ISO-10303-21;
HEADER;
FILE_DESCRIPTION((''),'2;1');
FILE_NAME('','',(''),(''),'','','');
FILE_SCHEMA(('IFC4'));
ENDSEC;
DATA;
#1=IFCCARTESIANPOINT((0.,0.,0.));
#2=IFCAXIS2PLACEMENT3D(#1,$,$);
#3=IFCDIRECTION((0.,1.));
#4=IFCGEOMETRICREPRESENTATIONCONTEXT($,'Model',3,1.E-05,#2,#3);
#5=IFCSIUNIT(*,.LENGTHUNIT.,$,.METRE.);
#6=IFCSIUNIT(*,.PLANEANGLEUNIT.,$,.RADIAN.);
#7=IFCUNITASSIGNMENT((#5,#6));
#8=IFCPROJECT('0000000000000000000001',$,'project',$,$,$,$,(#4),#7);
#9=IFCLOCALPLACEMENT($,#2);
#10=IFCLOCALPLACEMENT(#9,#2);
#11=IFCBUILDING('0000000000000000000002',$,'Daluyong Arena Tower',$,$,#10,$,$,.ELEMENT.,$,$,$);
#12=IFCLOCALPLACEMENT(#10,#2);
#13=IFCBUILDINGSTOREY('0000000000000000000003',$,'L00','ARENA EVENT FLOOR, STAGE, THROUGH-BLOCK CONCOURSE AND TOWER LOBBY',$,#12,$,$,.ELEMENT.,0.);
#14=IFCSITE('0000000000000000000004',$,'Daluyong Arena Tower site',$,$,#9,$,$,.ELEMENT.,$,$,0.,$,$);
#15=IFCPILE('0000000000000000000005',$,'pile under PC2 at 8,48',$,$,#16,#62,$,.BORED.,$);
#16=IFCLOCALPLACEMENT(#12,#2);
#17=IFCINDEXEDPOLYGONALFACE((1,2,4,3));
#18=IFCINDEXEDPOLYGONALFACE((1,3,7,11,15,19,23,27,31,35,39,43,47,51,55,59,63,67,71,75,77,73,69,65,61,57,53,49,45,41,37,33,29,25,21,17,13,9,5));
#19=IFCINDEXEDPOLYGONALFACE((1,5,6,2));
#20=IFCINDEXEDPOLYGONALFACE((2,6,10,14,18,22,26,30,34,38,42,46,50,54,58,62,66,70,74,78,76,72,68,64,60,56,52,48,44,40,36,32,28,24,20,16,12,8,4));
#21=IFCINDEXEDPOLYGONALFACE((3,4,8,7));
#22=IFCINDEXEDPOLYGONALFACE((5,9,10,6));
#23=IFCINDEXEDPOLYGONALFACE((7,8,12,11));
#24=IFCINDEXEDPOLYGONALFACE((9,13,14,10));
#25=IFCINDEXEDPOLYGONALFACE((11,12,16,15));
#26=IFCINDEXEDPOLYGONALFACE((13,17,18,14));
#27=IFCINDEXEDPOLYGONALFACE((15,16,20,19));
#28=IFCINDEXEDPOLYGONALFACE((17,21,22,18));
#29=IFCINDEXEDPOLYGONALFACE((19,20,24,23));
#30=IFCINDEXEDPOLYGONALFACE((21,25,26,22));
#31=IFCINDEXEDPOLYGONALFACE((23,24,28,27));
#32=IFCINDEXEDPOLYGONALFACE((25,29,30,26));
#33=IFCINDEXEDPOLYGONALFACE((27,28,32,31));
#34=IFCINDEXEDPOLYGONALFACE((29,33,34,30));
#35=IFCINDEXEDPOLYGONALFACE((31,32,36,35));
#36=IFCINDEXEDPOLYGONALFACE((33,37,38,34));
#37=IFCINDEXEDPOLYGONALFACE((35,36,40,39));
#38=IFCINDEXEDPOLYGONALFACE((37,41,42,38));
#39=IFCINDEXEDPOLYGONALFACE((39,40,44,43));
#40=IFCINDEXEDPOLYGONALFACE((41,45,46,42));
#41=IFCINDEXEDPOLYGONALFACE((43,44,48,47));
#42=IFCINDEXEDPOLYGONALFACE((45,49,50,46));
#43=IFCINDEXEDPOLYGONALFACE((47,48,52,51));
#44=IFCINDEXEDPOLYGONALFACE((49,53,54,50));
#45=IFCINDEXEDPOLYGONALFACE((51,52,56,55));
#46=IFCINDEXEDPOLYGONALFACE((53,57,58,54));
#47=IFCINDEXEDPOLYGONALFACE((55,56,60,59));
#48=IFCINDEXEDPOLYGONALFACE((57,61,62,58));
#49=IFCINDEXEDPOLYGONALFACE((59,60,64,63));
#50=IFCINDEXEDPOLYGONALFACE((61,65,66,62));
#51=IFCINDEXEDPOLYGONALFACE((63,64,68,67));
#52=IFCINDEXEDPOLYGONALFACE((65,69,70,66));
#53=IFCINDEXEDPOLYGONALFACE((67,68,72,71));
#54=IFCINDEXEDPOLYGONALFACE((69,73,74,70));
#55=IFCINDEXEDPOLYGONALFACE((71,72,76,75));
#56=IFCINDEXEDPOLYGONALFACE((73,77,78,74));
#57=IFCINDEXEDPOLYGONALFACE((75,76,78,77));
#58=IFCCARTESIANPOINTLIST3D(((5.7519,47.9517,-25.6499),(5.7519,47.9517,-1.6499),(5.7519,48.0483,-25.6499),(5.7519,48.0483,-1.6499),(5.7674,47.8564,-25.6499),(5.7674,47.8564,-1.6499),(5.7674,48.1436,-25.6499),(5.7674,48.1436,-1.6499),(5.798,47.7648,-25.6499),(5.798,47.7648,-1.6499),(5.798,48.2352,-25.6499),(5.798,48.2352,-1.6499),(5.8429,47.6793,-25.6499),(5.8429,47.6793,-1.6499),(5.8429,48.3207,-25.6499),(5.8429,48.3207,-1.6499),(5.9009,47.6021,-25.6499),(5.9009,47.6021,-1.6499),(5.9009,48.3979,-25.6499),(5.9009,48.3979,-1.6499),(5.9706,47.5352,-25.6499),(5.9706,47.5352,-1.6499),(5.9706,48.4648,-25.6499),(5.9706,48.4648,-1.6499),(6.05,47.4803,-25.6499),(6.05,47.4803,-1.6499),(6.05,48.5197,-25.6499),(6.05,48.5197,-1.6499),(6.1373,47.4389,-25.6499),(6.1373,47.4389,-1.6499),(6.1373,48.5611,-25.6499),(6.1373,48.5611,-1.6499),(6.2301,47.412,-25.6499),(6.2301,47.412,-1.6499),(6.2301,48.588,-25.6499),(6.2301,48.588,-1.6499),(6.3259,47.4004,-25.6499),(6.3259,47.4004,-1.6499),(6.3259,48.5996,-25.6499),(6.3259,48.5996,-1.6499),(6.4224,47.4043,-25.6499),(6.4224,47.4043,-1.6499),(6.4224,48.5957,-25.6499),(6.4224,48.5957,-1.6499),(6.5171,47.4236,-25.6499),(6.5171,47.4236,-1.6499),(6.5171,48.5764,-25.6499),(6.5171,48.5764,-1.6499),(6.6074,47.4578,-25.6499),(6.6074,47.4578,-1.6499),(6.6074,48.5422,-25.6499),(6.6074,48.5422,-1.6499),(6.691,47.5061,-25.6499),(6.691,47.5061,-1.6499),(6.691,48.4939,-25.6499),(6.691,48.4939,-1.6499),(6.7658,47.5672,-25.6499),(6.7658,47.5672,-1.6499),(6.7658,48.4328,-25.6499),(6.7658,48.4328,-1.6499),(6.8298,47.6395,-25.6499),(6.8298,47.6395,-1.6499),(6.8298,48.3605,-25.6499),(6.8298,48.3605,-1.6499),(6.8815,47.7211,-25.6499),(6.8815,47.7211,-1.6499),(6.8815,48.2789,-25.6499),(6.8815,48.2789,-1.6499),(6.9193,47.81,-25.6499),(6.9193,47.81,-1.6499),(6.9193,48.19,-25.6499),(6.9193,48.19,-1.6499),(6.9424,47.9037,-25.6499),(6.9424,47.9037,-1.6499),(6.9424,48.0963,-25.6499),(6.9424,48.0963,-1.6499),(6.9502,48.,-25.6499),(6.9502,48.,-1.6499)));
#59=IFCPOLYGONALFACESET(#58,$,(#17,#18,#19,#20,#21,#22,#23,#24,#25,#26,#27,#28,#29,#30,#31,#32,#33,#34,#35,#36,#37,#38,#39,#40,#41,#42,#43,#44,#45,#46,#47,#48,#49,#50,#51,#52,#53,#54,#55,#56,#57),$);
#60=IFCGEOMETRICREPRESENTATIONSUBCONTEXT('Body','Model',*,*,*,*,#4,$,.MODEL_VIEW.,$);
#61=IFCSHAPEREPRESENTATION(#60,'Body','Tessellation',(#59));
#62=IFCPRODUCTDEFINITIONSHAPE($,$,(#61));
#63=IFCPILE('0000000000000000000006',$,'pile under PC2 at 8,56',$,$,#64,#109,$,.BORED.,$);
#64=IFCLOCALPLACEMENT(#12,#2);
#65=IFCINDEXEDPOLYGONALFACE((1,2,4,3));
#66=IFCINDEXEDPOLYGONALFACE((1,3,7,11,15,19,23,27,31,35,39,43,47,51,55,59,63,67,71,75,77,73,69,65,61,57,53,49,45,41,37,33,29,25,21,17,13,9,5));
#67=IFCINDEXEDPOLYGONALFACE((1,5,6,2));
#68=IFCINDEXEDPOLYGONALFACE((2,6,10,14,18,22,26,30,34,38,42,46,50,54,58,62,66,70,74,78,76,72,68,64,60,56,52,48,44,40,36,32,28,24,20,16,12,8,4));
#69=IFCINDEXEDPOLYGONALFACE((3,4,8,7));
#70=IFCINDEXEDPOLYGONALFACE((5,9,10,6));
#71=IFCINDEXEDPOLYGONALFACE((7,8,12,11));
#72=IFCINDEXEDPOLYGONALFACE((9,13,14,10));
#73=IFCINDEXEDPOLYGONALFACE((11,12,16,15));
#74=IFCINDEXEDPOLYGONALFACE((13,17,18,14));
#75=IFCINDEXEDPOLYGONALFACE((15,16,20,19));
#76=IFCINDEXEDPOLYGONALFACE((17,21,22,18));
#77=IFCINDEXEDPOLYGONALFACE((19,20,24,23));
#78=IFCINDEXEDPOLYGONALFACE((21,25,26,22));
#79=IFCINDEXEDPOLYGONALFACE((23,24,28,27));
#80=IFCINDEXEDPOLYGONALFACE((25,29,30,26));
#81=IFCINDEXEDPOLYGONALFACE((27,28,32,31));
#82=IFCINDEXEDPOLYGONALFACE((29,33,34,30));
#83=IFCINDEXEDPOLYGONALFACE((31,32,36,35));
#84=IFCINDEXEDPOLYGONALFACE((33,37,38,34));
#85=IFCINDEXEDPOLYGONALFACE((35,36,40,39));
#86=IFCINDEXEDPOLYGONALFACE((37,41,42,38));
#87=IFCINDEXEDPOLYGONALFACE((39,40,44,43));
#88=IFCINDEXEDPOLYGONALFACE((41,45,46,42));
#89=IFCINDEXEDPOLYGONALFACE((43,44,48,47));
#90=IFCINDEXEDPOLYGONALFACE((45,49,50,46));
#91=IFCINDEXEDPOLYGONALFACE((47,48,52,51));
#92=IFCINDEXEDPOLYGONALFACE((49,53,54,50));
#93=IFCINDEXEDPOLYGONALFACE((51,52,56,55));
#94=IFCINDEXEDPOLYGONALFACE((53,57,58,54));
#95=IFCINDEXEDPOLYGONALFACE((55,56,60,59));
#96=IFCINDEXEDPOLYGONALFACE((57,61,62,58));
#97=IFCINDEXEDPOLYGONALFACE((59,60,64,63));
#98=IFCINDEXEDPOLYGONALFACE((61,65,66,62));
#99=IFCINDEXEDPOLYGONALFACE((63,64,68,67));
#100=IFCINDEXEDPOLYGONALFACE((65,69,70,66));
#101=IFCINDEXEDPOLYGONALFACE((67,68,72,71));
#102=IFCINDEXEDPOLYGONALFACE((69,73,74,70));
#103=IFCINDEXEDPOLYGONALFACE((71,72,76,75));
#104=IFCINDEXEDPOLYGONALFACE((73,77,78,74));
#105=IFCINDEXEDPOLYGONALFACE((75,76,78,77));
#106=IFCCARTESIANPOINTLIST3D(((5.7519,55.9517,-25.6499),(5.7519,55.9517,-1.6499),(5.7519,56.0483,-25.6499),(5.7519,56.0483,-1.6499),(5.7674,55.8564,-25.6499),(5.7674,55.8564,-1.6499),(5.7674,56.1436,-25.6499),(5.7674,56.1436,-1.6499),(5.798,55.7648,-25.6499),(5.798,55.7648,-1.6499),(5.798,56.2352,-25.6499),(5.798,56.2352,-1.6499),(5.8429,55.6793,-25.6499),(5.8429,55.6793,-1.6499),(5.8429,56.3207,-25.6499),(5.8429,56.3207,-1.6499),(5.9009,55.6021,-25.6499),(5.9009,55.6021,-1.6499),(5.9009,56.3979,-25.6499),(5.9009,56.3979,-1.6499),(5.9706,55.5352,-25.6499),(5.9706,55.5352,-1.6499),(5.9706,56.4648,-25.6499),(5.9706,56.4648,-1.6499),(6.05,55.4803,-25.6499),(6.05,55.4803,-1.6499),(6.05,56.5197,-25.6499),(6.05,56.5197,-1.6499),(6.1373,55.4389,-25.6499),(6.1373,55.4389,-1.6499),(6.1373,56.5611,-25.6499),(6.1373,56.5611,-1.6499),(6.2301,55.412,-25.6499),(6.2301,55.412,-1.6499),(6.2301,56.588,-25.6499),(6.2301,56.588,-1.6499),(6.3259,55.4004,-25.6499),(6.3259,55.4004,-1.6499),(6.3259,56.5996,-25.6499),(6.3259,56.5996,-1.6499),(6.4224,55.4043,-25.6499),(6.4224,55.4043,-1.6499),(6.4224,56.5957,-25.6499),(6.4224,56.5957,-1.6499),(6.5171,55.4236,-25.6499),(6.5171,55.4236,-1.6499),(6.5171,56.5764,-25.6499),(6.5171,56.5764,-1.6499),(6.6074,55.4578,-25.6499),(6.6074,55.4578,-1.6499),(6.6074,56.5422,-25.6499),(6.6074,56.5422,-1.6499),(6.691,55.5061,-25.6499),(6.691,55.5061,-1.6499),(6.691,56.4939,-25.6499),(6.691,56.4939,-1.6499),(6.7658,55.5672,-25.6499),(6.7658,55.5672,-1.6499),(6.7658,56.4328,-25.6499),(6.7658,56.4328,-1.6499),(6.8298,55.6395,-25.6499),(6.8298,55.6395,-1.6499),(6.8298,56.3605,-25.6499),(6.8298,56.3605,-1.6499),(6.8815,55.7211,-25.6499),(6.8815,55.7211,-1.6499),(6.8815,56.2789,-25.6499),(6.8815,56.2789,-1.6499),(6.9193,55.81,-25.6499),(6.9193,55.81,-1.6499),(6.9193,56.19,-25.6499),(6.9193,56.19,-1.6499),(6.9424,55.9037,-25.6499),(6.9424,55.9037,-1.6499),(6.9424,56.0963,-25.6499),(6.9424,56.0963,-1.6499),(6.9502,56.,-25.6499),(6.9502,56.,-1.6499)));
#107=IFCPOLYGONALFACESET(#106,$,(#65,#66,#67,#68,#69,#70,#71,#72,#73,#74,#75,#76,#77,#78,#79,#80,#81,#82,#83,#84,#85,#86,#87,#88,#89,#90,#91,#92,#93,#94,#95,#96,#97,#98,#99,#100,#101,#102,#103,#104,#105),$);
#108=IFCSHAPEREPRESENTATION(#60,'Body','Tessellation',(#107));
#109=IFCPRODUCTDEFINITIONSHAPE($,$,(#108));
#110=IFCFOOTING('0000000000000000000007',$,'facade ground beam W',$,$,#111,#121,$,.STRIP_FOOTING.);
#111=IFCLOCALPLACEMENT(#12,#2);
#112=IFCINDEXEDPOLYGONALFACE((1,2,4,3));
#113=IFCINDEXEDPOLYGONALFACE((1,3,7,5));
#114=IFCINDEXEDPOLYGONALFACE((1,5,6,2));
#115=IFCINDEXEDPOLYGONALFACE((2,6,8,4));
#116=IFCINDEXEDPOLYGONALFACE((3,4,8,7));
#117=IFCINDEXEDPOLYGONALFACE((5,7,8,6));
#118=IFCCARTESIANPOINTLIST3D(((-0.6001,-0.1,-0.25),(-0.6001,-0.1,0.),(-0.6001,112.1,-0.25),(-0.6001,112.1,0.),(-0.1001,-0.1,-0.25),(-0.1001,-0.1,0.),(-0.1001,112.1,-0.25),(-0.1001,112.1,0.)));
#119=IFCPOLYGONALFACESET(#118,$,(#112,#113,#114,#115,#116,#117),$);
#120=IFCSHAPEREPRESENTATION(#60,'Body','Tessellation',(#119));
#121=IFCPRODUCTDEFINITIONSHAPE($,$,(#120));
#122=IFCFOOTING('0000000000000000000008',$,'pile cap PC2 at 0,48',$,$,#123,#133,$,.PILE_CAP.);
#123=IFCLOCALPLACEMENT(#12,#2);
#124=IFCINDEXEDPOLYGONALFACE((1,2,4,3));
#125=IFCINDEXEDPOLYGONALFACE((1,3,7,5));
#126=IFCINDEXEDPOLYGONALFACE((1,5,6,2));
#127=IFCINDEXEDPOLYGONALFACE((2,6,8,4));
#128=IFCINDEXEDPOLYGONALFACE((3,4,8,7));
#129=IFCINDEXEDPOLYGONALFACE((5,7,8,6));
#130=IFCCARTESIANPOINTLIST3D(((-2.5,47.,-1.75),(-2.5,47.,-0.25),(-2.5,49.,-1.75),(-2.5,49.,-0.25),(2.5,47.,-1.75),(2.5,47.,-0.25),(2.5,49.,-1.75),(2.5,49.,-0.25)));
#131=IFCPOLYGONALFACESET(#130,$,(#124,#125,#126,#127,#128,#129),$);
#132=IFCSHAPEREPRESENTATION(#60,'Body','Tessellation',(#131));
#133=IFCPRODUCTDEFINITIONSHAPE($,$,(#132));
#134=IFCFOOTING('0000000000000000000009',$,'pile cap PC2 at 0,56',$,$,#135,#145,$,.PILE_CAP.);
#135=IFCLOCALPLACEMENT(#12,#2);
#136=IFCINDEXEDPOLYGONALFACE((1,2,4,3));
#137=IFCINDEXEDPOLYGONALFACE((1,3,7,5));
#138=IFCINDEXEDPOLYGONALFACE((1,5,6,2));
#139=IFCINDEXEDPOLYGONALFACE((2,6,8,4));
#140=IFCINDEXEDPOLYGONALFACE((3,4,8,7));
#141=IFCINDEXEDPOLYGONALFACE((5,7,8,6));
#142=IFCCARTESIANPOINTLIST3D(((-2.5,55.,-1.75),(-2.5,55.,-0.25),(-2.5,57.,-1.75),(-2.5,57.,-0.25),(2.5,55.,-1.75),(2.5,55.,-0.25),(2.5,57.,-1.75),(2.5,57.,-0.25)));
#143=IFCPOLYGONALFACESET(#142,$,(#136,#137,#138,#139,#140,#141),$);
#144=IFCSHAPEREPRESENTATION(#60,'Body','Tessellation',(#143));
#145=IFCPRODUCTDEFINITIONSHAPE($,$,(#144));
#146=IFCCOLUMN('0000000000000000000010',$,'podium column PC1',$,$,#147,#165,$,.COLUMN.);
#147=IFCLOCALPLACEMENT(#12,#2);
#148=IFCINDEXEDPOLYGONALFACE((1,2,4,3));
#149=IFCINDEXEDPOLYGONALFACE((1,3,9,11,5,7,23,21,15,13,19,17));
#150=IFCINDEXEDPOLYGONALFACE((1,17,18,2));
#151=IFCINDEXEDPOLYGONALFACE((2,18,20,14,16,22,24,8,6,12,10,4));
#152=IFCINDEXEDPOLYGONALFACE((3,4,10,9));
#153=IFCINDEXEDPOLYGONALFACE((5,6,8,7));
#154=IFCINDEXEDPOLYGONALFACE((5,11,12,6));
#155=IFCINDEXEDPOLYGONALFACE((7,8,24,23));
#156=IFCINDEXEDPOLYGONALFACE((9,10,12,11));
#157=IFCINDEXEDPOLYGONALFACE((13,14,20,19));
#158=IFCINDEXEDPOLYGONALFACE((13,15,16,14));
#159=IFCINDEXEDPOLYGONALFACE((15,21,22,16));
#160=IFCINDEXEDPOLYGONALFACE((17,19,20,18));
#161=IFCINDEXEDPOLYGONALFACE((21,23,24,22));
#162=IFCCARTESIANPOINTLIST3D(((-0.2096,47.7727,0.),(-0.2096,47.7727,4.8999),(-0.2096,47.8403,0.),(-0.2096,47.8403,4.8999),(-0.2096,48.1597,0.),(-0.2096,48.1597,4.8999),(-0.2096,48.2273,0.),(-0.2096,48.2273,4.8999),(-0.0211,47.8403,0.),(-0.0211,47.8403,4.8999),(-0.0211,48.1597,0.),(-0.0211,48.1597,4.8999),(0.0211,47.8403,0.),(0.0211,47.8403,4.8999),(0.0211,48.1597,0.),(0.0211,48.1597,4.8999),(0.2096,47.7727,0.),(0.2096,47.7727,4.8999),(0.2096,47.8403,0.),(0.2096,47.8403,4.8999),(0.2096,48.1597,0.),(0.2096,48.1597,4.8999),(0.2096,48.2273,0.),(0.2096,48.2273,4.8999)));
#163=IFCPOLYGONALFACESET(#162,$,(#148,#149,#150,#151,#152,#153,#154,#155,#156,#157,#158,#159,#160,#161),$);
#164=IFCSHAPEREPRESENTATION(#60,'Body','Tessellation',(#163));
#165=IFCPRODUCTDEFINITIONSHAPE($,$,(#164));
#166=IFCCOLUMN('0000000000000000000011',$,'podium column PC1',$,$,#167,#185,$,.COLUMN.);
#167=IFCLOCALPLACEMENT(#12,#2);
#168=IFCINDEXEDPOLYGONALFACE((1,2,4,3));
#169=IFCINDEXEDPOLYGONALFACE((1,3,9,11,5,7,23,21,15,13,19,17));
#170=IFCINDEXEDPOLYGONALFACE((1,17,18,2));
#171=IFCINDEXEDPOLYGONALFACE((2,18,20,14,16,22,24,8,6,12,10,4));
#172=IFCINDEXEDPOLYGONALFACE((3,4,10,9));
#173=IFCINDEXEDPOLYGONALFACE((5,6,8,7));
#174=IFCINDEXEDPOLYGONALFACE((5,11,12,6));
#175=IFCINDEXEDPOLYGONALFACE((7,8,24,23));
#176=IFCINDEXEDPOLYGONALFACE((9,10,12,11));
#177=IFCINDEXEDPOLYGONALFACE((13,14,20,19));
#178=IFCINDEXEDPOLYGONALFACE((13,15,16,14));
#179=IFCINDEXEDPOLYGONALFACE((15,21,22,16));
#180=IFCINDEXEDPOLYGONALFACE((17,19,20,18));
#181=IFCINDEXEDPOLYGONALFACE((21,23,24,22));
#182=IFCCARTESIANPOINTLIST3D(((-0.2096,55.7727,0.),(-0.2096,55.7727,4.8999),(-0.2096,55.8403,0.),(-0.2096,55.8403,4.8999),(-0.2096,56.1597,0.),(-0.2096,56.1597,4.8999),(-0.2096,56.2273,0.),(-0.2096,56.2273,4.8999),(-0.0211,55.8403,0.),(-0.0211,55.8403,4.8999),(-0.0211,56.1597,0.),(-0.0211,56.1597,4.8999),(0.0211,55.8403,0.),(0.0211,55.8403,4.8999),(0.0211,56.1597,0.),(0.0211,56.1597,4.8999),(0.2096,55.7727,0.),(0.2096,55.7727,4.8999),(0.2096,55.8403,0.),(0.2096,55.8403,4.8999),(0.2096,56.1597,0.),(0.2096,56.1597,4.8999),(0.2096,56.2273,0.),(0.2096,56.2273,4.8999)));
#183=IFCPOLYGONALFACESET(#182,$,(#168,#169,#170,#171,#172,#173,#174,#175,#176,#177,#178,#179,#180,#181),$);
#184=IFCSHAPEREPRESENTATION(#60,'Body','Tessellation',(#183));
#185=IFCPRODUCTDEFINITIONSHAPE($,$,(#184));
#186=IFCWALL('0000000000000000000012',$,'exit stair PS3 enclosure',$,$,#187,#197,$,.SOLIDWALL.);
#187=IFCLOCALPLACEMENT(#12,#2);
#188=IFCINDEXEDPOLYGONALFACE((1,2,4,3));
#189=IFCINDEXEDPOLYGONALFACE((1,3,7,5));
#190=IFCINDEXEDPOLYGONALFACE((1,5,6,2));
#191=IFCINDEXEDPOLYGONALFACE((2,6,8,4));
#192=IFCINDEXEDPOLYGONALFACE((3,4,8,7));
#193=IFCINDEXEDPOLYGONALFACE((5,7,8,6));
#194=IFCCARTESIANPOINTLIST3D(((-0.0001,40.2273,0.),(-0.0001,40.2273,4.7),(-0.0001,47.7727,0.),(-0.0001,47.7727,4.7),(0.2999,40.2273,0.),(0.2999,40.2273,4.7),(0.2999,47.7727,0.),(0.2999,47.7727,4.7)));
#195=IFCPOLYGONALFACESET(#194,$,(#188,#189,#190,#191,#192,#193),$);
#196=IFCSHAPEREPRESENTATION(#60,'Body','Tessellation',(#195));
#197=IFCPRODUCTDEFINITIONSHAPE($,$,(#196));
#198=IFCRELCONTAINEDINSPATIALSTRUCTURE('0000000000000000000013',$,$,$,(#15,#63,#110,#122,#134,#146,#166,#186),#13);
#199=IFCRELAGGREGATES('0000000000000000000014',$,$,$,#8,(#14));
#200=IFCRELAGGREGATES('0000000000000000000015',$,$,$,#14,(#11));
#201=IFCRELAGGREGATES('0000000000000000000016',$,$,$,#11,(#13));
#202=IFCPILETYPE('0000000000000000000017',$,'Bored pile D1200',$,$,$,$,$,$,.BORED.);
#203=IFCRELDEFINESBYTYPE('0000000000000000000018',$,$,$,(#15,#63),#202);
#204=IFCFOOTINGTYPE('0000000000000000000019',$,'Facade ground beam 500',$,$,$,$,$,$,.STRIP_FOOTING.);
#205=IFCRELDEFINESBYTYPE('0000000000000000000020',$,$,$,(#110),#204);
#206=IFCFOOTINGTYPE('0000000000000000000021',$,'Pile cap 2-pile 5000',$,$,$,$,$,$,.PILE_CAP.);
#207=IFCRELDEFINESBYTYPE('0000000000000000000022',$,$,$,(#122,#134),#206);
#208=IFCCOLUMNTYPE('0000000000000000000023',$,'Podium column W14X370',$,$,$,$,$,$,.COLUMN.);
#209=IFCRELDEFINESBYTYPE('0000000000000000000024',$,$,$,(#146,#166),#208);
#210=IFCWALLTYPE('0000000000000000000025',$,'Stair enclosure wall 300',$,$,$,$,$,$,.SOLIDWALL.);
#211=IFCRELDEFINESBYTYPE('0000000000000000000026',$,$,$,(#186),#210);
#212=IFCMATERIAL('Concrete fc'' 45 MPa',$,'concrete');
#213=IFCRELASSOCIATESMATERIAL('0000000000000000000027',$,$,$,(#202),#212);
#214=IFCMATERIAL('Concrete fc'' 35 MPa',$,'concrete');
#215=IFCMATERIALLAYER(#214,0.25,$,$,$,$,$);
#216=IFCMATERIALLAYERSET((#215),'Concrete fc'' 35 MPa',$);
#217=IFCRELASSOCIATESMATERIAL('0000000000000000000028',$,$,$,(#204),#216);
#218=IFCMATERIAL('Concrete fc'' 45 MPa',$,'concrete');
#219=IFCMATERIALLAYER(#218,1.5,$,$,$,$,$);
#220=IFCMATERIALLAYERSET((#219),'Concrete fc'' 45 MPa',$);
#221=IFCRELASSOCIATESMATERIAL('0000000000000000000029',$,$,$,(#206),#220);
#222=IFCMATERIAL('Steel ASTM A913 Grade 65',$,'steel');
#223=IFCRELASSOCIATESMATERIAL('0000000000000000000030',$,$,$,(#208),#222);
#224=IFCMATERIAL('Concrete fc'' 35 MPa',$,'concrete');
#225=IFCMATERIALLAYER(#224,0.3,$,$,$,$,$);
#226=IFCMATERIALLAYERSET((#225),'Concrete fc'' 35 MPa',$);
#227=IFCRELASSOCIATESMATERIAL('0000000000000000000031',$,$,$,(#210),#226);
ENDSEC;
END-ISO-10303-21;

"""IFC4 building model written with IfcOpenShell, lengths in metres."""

from ifc_helpers import new_model, si_unit, direction, frame, frame_2d, origin, origin_2d, place, context, subcontext, project, spatial, rectangle, circle, i_section, extrude, material, layer, layer_set, material_profile, profile_set, type_object, element, save


model = new_model("IFC4")

# Units and contexts
model_context = context("Model", 3, precision=1e-05, world=origin(), true_north=direction((0.0, 1.0)))
body_context = subcontext(model_context, "Body", "Model", "MODEL_VIEW")
ifc_project = project(units=[si_unit("LENGTHUNIT", "METRE"), si_unit("PLANEANGLEUNIT", "RADIAN")], contexts=[model_context])

# Site, building, storey
site_placement = place(None, origin())
site = spatial("IfcSite", under=ifc_project, at=site_placement, Name="Daluyong Arena Tower site", CompositionType="ELEMENT", RefElevation=0.0)
building_placement = place(site_placement, origin())
building = spatial("IfcBuilding", under=site, at=building_placement, Name="Daluyong Arena Tower", CompositionType="ELEMENT")
storey_placement = place(building_placement, origin())
storey = spatial("IfcBuildingStorey", under=building, at=storey_placement, Name="L00", Description="ARENA EVENT FLOOR, STAGE, THROUGH-BLOCK CONCOURSE AND TOWER LOBBY", CompositionType="ELEMENT", Elevation=0.0)

# Piles
ifc_material_1 = material(Name="Concrete fc' 45 MPa", Category="concrete")
pile_type = type_object("IfcPileType", Name="Bored pile D1200", PredefinedType="BORED", material=ifc_material_1)
for number, where, z_axis, x_axis, name in (
    (1, (6.3501, 48.0, -1.6499), (0.0, 0.0, -1.0), (1.0, 0.0, 0.0), "pile under PC2 at 8,48"),
    (2, (6.3501, 56.0, -1.6499), (0.0, 0.0, -1.0), (1.0, 0.0, 0.0), "pile under PC2 at 8,56"),
):
    element("IfcPile", number, at=place(storey_placement, frame(where, z_axis=z_axis, x_axis=x_axis)), inside=storey, type_object=pile_type, Name=name, PredefinedType="BORED", context=body_context, shape_type="SweptSolid", body=[
        extrude(circle(Radius=0.6001, at=origin_2d()), origin(), (0.0, 0.0, 1.0), 24.0),
    ])

# Footings
ifc_material_2 = material(Name="Concrete fc' 35 MPa", Category="concrete")
ifc_layer_1 = layer(ifc_material_2, 0.25)
ifc_layer_set_1 = layer_set([ifc_layer_1], Name="Concrete fc' 35 MPa")
footing_type_1 = type_object("IfcFootingType", Name="Facade ground beam 500", PredefinedType="STRIP_FOOTING", material=ifc_layer_set_1)
footing_placement = place(storey_placement, frame((-0.3501, 56.0, -0.25), z_axis=(0.0, 0.0, 1.0), x_axis=(1.0, 0.0, 0.0)))
element("IfcFooting", 3, at=footing_placement, inside=storey, type_object=footing_type_1, Name="facade ground beam W", PredefinedType="STRIP_FOOTING", context=body_context, shape_type="SweptSolid", body=[
    extrude(rectangle(XDim=0.5, YDim=112.2, at=origin_2d()), origin(), (0.0, 0.0, 1.0), 0.25),
])
ifc_material_3 = material(Name="Concrete fc' 45 MPa", Category="concrete")
ifc_layer_2 = layer(ifc_material_3, 1.5)
ifc_layer_set_2 = layer_set([ifc_layer_2], Name="Concrete fc' 45 MPa")
footing_type_2 = type_object("IfcFootingType", Name="Pile cap 2-pile 5000", PredefinedType="PILE_CAP", material=ifc_layer_set_2)
for number, where, z_axis, x_axis, name in (
    (4, (0.0, 48.0, -1.75), (0.0, 0.0, 1.0), (1.0, 0.0, 0.0), "pile cap PC2 at 0,48"),
    (5, (0.0, 56.0, -1.75), (0.0, 0.0, 1.0), (1.0, 0.0, 0.0), "pile cap PC2 at 0,56"),
):
    element("IfcFooting", number, at=place(storey_placement, frame(where, z_axis=z_axis, x_axis=x_axis)), inside=storey, type_object=footing_type_2, Name=name, PredefinedType="PILE_CAP", context=body_context, shape_type="SweptSolid", body=[
        extrude(rectangle(XDim=5.0, YDim=2.0, at=origin_2d()), origin(), (0.0, 0.0, 1.0), 1.5),
    ])

# Columns
ifc_material_4 = material(Name="Steel ASTM A913 Grade 65", Category="steel")
ifc_material_profile = material_profile(ifc_material_4, i_section(OverallWidth=0.4192, OverallDepth=0.4546, WebThickness=0.0422, FlangeThickness=0.0676, at=origin_2d()))
ifc_profile_set = profile_set([ifc_material_profile], Name="Steel ASTM A913 Grade 65")
column_type = type_object("IfcColumnType", Name="Podium column W14X370", PredefinedType="COLUMN", material=ifc_profile_set)
for number, where, z_axis, x_axis, name in (
    (6, (0.0, 48.0, 0.0), (0.0, 0.0, 1.0), (1.0, 0.0, 0.0), "podium column PC1"),
    (7, (0.0, 56.0, 0.0), (0.0, 0.0, 1.0), (1.0, 0.0, 0.0), "podium column PC1"),
):
    element("IfcColumn", number, at=place(storey_placement, frame(where, z_axis=z_axis, x_axis=x_axis)), inside=storey, type_object=column_type, Name=name, PredefinedType="COLUMN", context=body_context, shape_type="SweptSolid", body=[
        extrude(i_section(OverallWidth=0.4192, OverallDepth=0.4546, WebThickness=0.0422, FlangeThickness=0.0676, at=origin_2d()), origin(), (0.0, 0.0, 1.0), 4.8999),
    ])

# Wall
ifc_material_5 = material(Name="Concrete fc' 35 MPa", Category="concrete")
ifc_layer_3 = layer(ifc_material_5, 0.3)
ifc_layer_set_3 = layer_set([ifc_layer_3], Name="Concrete fc' 35 MPa")
wall_type = type_object("IfcWallType", Name="Stair enclosure wall 300", PredefinedType="SOLIDWALL", material=ifc_layer_set_3)
wall_1_placement = place(storey_placement, frame((0.1499, 40.2273, 0.0), z_axis=(0.0, 0.0, 1.0), x_axis=(0.0, 1.0, 0.0)))
element("IfcWall", 8, at=wall_1_placement, inside=storey, type_object=wall_type, Name="exit stair PS3 enclosure", PredefinedType="SOLIDWALL", context=body_context, shape_type="SweptSolid", body=[
    extrude(rectangle(XDim=7.5454, YDim=0.3, at=frame_2d((3.7727, 0.0))), origin(), (0.0, 0.0, 1.0), 4.7),
])

save(model, "model.ifc")
